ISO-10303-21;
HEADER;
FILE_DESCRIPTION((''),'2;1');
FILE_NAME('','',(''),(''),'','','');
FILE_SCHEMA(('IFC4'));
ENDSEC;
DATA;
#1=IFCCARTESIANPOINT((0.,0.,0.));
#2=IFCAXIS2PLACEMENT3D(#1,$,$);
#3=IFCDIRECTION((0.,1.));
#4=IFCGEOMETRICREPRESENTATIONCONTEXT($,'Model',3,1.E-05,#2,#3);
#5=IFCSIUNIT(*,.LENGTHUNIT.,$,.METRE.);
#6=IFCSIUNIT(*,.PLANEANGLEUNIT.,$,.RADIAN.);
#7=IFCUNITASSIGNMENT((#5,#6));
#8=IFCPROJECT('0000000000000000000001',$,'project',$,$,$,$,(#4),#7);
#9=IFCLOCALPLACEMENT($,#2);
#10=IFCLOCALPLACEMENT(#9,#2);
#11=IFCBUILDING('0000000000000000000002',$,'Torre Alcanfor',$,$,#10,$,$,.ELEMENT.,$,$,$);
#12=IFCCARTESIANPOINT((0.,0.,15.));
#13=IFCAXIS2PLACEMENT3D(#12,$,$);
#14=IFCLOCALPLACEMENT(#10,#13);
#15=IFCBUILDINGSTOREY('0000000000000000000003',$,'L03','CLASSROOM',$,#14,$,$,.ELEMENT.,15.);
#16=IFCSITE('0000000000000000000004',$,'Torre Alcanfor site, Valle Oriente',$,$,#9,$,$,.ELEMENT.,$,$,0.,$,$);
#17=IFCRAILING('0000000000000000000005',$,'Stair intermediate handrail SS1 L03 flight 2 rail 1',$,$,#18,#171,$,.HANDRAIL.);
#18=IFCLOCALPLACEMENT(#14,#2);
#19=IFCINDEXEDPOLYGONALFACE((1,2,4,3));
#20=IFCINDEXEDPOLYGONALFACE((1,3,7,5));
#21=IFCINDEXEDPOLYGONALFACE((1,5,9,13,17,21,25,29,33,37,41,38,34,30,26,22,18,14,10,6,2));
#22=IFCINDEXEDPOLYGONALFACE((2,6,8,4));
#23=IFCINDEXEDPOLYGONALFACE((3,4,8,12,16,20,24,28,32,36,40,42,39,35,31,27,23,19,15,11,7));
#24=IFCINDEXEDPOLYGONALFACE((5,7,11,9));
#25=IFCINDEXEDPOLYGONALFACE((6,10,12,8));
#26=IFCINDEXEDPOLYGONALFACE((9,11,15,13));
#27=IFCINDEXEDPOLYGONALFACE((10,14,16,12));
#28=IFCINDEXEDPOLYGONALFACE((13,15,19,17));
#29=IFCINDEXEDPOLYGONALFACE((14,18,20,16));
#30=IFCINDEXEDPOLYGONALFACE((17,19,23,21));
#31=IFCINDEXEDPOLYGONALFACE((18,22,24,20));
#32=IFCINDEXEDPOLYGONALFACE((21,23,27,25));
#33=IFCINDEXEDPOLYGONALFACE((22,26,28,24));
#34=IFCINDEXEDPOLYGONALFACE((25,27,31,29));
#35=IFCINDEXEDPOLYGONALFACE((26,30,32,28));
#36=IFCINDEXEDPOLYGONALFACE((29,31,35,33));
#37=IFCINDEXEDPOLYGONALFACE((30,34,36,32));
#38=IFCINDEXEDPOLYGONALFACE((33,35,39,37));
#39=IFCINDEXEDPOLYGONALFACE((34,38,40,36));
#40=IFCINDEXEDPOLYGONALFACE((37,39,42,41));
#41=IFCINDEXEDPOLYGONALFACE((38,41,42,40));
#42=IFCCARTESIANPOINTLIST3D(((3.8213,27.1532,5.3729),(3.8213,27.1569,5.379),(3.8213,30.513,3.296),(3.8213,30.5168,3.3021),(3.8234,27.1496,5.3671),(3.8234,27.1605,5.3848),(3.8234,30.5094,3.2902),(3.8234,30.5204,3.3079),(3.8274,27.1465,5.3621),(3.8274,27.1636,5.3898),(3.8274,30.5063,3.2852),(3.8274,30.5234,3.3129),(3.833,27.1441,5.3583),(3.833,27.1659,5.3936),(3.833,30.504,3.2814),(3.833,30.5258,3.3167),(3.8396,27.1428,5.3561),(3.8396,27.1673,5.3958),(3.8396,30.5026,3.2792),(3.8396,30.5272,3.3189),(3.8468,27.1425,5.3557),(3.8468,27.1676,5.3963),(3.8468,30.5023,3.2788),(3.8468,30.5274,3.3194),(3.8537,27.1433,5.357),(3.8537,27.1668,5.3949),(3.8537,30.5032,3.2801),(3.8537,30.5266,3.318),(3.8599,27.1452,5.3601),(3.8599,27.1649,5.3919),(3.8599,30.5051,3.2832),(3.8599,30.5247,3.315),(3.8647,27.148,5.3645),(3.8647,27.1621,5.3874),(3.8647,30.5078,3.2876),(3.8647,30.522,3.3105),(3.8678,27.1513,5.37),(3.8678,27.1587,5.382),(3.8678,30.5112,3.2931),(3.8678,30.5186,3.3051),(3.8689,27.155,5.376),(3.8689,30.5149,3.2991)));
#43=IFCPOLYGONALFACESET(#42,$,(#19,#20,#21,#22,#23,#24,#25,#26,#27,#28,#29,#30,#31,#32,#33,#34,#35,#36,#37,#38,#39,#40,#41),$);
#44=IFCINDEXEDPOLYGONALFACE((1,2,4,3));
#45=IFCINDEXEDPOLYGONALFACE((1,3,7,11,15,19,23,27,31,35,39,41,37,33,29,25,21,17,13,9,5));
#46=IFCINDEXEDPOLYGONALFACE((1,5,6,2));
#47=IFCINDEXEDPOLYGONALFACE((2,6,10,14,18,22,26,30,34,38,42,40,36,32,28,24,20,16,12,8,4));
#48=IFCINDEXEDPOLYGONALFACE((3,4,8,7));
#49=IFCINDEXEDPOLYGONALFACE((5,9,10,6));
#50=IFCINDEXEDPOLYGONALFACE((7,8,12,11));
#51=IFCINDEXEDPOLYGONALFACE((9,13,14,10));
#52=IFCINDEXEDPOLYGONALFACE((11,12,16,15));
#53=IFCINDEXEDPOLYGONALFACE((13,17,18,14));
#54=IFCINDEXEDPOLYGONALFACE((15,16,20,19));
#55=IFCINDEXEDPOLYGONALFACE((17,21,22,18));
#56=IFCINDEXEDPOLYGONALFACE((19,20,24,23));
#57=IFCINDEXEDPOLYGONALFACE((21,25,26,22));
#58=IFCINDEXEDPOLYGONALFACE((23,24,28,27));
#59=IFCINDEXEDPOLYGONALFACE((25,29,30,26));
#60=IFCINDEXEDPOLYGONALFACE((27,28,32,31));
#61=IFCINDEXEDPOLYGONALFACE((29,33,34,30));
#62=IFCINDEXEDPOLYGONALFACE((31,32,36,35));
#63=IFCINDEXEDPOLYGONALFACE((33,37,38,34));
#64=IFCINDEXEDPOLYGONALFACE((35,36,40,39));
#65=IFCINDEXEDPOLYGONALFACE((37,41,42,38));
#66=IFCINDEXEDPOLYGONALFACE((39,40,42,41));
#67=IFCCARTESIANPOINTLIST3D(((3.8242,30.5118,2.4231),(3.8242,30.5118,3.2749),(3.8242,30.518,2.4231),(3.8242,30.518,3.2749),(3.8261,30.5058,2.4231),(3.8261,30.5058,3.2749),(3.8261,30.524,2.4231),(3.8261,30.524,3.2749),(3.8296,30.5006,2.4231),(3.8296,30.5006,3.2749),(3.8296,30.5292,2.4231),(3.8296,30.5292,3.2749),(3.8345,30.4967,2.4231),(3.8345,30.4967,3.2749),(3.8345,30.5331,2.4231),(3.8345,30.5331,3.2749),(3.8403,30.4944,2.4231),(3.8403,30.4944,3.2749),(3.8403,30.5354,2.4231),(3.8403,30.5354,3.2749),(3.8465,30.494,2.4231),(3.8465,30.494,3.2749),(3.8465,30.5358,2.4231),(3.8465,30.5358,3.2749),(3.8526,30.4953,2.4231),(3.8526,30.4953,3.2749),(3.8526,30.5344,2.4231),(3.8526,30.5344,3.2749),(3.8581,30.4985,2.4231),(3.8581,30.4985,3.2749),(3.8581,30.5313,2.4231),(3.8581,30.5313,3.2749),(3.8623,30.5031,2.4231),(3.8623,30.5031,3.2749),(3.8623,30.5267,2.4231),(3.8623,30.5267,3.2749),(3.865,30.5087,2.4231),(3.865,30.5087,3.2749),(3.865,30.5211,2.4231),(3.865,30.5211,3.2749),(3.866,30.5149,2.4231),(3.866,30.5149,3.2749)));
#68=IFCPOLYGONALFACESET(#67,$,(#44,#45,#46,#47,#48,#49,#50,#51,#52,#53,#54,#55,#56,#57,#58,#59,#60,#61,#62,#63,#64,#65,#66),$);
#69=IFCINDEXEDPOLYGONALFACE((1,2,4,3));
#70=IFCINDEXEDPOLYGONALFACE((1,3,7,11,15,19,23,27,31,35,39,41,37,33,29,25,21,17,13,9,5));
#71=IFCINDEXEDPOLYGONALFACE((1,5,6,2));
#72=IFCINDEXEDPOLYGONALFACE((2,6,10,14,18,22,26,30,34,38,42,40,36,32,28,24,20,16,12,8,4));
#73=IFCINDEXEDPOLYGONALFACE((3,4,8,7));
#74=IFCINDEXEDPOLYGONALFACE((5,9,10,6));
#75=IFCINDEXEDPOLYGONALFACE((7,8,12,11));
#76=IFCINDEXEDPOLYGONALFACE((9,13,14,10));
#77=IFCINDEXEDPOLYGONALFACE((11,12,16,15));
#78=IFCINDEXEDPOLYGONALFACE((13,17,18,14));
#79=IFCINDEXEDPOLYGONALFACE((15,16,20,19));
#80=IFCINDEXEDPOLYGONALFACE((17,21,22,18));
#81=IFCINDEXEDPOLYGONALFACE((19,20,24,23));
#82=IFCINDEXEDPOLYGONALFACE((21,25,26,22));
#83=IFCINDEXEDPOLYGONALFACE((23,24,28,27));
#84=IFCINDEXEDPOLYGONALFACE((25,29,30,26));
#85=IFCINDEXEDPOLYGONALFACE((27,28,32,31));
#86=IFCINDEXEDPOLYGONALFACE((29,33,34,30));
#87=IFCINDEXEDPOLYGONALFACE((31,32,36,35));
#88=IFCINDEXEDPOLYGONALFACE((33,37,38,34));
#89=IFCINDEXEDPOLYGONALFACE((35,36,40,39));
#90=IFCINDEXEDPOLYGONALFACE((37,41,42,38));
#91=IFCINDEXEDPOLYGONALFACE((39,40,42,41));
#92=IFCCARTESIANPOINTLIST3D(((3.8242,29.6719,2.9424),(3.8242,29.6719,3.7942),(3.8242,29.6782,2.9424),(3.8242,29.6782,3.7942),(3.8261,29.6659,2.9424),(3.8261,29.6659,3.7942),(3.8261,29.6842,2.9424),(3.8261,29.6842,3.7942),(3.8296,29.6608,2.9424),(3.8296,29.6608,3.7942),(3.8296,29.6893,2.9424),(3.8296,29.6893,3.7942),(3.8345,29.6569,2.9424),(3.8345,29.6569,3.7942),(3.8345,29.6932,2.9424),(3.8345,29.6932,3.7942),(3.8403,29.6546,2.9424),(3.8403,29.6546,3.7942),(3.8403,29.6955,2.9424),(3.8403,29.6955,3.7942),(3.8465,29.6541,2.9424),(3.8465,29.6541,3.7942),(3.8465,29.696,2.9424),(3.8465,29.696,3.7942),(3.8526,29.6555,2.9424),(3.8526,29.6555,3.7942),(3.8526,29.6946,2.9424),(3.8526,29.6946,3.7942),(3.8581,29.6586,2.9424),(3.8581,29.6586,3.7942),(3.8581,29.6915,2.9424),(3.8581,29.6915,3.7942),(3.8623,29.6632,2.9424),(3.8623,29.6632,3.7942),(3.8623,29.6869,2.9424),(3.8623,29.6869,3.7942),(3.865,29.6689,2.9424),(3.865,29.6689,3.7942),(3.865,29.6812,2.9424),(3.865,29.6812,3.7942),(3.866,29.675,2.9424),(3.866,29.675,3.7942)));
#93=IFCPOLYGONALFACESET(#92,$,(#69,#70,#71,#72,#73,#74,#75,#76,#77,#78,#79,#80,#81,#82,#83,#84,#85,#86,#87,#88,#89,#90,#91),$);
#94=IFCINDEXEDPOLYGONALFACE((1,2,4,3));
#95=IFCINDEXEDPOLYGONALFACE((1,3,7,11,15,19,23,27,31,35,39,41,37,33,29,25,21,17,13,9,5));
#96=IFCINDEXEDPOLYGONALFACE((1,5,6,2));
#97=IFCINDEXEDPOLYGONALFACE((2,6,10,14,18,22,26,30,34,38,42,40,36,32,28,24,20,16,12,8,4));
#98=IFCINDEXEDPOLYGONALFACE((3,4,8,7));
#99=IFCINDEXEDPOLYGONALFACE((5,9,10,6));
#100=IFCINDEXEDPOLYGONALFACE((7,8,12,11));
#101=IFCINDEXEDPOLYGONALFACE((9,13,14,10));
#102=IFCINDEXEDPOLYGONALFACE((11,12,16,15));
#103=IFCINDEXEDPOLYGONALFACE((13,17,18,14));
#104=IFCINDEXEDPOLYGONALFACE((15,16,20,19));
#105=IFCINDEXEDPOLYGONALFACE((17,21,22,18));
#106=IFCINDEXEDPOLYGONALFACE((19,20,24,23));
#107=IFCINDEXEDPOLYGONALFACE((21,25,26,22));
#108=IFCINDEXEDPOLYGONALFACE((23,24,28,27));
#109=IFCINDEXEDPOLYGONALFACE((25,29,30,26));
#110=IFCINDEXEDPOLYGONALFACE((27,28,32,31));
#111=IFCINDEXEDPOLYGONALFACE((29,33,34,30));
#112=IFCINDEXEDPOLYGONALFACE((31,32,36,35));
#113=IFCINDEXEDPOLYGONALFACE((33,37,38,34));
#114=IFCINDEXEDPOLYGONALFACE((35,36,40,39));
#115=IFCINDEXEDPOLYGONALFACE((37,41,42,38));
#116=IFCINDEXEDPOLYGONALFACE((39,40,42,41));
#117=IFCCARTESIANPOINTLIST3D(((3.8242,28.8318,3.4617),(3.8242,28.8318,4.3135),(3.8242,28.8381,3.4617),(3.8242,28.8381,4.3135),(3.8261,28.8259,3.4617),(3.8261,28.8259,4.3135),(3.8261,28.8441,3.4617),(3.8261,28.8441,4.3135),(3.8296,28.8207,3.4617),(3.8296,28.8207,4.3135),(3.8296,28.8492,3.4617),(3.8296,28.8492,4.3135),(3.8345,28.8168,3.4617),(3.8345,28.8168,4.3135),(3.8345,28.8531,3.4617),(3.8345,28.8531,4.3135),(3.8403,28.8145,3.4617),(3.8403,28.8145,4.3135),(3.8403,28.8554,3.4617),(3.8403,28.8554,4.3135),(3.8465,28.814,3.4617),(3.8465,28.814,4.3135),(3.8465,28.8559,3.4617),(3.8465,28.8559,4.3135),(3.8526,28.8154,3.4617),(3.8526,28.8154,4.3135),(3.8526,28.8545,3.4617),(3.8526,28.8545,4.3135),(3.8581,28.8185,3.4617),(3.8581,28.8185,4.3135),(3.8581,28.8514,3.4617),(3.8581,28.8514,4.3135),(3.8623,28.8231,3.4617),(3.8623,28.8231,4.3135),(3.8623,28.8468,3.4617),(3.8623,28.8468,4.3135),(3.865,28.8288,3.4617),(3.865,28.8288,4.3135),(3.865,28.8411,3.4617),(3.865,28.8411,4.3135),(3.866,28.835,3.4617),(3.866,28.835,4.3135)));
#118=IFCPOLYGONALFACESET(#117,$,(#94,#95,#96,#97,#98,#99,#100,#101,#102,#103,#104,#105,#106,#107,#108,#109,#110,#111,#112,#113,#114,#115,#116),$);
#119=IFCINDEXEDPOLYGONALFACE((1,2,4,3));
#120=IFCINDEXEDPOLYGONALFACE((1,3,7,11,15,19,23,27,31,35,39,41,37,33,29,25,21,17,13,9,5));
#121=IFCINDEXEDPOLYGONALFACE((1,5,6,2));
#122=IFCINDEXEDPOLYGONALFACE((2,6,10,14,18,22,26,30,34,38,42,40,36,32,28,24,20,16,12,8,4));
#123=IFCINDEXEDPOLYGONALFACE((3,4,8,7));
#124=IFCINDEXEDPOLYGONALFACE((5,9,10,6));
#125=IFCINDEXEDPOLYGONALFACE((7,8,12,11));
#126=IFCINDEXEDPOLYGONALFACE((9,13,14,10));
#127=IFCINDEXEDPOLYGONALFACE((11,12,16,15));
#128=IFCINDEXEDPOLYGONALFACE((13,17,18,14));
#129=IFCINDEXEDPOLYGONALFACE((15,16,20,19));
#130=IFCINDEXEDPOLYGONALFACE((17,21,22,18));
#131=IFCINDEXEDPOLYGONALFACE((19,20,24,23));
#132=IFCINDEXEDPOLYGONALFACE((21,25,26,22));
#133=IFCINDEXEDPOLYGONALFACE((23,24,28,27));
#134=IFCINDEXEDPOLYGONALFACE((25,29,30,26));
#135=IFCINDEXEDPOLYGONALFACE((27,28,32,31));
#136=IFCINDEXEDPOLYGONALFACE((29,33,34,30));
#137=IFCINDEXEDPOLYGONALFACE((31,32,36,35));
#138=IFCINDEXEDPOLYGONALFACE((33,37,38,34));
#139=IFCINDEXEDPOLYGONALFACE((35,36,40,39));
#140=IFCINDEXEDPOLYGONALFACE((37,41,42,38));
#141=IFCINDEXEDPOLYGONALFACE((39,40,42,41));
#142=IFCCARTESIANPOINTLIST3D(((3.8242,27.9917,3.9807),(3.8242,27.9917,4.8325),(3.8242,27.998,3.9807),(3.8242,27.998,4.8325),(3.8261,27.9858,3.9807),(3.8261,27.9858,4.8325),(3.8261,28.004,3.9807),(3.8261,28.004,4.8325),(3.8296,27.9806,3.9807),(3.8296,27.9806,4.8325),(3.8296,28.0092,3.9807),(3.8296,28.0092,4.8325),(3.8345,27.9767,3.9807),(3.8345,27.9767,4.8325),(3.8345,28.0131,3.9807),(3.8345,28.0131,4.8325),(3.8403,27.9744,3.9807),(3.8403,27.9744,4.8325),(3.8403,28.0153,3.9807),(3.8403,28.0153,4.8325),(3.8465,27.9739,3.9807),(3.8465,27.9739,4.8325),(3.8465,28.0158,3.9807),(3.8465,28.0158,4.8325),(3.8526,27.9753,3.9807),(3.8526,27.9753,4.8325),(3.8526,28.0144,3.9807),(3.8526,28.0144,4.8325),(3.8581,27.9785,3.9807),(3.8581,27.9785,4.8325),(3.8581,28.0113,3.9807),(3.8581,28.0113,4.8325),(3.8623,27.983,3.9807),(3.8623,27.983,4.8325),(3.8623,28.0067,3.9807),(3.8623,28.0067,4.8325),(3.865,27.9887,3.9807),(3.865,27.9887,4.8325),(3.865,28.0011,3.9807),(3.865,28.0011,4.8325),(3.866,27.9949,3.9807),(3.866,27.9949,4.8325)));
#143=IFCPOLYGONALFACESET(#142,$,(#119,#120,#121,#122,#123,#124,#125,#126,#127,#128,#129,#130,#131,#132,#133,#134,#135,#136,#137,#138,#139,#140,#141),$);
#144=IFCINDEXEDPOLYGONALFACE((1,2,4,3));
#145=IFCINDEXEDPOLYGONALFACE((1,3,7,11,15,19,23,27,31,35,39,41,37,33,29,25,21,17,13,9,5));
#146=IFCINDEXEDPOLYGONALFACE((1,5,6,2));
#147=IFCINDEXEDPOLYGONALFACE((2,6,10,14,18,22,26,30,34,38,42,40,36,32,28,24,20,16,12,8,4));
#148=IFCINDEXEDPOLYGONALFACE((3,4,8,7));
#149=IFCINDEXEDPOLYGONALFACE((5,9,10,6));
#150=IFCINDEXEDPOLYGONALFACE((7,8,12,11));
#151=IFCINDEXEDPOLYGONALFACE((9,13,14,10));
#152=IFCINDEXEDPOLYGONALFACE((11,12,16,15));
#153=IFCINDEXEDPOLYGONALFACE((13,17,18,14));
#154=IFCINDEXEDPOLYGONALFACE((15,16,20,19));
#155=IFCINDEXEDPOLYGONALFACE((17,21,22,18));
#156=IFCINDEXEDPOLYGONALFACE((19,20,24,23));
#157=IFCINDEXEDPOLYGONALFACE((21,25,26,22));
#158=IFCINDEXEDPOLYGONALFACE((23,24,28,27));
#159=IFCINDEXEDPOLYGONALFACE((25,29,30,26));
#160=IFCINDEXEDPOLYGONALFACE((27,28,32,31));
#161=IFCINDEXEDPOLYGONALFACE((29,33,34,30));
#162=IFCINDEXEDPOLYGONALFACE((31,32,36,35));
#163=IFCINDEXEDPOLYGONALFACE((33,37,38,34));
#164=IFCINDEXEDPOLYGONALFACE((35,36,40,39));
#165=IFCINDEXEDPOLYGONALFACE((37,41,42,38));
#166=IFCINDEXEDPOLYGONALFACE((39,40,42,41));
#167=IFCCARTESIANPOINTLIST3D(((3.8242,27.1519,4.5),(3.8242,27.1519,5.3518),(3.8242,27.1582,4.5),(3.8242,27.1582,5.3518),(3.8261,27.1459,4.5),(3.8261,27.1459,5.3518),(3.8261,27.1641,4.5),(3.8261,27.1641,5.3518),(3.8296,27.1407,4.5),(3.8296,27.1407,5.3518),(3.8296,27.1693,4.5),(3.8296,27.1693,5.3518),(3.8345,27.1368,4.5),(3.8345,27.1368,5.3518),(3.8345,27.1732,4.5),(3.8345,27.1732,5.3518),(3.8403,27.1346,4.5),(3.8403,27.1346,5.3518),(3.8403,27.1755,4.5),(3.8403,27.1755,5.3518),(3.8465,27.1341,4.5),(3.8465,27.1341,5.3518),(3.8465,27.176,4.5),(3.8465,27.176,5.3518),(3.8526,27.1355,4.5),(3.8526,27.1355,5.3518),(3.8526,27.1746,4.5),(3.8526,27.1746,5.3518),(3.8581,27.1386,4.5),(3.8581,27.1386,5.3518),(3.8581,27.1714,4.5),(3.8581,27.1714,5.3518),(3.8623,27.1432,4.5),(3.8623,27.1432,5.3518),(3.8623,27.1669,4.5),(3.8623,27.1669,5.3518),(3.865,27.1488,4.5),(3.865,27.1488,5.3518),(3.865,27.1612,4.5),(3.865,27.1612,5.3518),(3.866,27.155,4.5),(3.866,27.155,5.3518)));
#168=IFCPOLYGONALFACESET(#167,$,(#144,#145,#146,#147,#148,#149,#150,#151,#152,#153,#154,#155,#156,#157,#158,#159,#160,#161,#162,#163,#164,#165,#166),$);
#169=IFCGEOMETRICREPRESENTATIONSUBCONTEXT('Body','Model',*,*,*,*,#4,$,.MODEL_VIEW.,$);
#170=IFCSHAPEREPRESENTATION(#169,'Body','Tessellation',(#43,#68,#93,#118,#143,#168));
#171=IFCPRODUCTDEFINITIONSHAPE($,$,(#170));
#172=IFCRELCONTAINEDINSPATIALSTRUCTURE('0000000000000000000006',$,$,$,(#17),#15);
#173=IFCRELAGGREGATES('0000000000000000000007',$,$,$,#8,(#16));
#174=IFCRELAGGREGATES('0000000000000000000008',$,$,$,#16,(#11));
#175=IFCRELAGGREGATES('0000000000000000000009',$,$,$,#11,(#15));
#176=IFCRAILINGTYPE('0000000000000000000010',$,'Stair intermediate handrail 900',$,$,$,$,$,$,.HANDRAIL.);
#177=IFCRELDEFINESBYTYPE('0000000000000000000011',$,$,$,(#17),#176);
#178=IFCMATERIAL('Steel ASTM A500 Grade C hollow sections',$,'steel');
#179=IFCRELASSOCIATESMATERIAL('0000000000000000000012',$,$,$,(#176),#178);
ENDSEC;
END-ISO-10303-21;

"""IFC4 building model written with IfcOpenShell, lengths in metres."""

from ifc_helpers import new_model, si_unit, direction, frame, origin, origin_2d, place, context, subcontext, project, spatial, circle, extrude, material, type_object, element, save


model = new_model("IFC4")

# Units and contexts
model_context = context("Model", 3, precision=1e-05, world=origin(), true_north=direction((0.0, 1.0)))
body_context = subcontext(model_context, "Body", "Model", "MODEL_VIEW")
ifc_project = project(units=[si_unit("LENGTHUNIT", "METRE"), si_unit("PLANEANGLEUNIT", "RADIAN")], contexts=[model_context])

# Site, building, storey
site_placement = place(None, origin())
site = spatial("IfcSite", under=ifc_project, at=site_placement, Name="Torre Alcanfor site, Valle Oriente", CompositionType="ELEMENT", RefElevation=0.0)
building_placement = place(site_placement, origin())
building = spatial("IfcBuilding", under=site, at=building_placement, Name="Torre Alcanfor", CompositionType="ELEMENT")
storey_placement = place(building_placement, frame((0.0, 0.0, 15.0)))
storey = spatial("IfcBuildingStorey", under=building, at=storey_placement, Name="L03", Description="CLASSROOM", CompositionType="ELEMENT", Elevation=15.0)

# Railing
ifc_material_1 = material(Name="Steel ASTM A500 Grade C hollow sections", Category="steel")
railing_type_1 = type_object("IfcRailingType", Name="Stair intermediate handrail 900", PredefinedType="HANDRAIL", material=ifc_material_1)
railing_1_placement = place(storey_placement, frame((3.845, 30.5149, 2.4231)))
element("IfcRailing", 1, at=railing_1_placement, inside=storey, type_object=railing_type_1, Name="Stair intermediate handrail SS1 L03 flight 2 rail 1", PredefinedType="HANDRAIL", context=body_context, shape_type="SweptSolid", body=[
    extrude(circle(Radius=0.0239, at=origin_2d()), frame((0.0, 0.0, 0.876), z_axis=(0.0, -0.850606, 0.525803), x_axis=(1.0, 0.0, 0.0)), (0.0, 0.0, 1.0), 3.95),
    extrude(circle(Radius=0.021, at=origin_2d()), origin(), (0.0, 0.0, 1.0), 0.8518),
    extrude(circle(Radius=0.021, at=origin_2d()), frame((0.0, -0.8398, 0.5193)), (0.0, 0.0, 1.0), 0.8518),
    extrude(circle(Radius=0.021, at=origin_2d()), frame((0.0, -1.6799, 1.0386)), (0.0, 0.0, 1.0), 0.8518),
    extrude(circle(Radius=0.021, at=origin_2d()), frame((0.0, -2.52, 1.5576)), (0.0, 0.0, 1.0), 0.8518),
    extrude(circle(Radius=0.021, at=origin_2d()), frame((0.0, -3.3599, 2.0769)), (0.0, 0.0, 1.0), 0.8518),
])

save(model, "model.ifc")
